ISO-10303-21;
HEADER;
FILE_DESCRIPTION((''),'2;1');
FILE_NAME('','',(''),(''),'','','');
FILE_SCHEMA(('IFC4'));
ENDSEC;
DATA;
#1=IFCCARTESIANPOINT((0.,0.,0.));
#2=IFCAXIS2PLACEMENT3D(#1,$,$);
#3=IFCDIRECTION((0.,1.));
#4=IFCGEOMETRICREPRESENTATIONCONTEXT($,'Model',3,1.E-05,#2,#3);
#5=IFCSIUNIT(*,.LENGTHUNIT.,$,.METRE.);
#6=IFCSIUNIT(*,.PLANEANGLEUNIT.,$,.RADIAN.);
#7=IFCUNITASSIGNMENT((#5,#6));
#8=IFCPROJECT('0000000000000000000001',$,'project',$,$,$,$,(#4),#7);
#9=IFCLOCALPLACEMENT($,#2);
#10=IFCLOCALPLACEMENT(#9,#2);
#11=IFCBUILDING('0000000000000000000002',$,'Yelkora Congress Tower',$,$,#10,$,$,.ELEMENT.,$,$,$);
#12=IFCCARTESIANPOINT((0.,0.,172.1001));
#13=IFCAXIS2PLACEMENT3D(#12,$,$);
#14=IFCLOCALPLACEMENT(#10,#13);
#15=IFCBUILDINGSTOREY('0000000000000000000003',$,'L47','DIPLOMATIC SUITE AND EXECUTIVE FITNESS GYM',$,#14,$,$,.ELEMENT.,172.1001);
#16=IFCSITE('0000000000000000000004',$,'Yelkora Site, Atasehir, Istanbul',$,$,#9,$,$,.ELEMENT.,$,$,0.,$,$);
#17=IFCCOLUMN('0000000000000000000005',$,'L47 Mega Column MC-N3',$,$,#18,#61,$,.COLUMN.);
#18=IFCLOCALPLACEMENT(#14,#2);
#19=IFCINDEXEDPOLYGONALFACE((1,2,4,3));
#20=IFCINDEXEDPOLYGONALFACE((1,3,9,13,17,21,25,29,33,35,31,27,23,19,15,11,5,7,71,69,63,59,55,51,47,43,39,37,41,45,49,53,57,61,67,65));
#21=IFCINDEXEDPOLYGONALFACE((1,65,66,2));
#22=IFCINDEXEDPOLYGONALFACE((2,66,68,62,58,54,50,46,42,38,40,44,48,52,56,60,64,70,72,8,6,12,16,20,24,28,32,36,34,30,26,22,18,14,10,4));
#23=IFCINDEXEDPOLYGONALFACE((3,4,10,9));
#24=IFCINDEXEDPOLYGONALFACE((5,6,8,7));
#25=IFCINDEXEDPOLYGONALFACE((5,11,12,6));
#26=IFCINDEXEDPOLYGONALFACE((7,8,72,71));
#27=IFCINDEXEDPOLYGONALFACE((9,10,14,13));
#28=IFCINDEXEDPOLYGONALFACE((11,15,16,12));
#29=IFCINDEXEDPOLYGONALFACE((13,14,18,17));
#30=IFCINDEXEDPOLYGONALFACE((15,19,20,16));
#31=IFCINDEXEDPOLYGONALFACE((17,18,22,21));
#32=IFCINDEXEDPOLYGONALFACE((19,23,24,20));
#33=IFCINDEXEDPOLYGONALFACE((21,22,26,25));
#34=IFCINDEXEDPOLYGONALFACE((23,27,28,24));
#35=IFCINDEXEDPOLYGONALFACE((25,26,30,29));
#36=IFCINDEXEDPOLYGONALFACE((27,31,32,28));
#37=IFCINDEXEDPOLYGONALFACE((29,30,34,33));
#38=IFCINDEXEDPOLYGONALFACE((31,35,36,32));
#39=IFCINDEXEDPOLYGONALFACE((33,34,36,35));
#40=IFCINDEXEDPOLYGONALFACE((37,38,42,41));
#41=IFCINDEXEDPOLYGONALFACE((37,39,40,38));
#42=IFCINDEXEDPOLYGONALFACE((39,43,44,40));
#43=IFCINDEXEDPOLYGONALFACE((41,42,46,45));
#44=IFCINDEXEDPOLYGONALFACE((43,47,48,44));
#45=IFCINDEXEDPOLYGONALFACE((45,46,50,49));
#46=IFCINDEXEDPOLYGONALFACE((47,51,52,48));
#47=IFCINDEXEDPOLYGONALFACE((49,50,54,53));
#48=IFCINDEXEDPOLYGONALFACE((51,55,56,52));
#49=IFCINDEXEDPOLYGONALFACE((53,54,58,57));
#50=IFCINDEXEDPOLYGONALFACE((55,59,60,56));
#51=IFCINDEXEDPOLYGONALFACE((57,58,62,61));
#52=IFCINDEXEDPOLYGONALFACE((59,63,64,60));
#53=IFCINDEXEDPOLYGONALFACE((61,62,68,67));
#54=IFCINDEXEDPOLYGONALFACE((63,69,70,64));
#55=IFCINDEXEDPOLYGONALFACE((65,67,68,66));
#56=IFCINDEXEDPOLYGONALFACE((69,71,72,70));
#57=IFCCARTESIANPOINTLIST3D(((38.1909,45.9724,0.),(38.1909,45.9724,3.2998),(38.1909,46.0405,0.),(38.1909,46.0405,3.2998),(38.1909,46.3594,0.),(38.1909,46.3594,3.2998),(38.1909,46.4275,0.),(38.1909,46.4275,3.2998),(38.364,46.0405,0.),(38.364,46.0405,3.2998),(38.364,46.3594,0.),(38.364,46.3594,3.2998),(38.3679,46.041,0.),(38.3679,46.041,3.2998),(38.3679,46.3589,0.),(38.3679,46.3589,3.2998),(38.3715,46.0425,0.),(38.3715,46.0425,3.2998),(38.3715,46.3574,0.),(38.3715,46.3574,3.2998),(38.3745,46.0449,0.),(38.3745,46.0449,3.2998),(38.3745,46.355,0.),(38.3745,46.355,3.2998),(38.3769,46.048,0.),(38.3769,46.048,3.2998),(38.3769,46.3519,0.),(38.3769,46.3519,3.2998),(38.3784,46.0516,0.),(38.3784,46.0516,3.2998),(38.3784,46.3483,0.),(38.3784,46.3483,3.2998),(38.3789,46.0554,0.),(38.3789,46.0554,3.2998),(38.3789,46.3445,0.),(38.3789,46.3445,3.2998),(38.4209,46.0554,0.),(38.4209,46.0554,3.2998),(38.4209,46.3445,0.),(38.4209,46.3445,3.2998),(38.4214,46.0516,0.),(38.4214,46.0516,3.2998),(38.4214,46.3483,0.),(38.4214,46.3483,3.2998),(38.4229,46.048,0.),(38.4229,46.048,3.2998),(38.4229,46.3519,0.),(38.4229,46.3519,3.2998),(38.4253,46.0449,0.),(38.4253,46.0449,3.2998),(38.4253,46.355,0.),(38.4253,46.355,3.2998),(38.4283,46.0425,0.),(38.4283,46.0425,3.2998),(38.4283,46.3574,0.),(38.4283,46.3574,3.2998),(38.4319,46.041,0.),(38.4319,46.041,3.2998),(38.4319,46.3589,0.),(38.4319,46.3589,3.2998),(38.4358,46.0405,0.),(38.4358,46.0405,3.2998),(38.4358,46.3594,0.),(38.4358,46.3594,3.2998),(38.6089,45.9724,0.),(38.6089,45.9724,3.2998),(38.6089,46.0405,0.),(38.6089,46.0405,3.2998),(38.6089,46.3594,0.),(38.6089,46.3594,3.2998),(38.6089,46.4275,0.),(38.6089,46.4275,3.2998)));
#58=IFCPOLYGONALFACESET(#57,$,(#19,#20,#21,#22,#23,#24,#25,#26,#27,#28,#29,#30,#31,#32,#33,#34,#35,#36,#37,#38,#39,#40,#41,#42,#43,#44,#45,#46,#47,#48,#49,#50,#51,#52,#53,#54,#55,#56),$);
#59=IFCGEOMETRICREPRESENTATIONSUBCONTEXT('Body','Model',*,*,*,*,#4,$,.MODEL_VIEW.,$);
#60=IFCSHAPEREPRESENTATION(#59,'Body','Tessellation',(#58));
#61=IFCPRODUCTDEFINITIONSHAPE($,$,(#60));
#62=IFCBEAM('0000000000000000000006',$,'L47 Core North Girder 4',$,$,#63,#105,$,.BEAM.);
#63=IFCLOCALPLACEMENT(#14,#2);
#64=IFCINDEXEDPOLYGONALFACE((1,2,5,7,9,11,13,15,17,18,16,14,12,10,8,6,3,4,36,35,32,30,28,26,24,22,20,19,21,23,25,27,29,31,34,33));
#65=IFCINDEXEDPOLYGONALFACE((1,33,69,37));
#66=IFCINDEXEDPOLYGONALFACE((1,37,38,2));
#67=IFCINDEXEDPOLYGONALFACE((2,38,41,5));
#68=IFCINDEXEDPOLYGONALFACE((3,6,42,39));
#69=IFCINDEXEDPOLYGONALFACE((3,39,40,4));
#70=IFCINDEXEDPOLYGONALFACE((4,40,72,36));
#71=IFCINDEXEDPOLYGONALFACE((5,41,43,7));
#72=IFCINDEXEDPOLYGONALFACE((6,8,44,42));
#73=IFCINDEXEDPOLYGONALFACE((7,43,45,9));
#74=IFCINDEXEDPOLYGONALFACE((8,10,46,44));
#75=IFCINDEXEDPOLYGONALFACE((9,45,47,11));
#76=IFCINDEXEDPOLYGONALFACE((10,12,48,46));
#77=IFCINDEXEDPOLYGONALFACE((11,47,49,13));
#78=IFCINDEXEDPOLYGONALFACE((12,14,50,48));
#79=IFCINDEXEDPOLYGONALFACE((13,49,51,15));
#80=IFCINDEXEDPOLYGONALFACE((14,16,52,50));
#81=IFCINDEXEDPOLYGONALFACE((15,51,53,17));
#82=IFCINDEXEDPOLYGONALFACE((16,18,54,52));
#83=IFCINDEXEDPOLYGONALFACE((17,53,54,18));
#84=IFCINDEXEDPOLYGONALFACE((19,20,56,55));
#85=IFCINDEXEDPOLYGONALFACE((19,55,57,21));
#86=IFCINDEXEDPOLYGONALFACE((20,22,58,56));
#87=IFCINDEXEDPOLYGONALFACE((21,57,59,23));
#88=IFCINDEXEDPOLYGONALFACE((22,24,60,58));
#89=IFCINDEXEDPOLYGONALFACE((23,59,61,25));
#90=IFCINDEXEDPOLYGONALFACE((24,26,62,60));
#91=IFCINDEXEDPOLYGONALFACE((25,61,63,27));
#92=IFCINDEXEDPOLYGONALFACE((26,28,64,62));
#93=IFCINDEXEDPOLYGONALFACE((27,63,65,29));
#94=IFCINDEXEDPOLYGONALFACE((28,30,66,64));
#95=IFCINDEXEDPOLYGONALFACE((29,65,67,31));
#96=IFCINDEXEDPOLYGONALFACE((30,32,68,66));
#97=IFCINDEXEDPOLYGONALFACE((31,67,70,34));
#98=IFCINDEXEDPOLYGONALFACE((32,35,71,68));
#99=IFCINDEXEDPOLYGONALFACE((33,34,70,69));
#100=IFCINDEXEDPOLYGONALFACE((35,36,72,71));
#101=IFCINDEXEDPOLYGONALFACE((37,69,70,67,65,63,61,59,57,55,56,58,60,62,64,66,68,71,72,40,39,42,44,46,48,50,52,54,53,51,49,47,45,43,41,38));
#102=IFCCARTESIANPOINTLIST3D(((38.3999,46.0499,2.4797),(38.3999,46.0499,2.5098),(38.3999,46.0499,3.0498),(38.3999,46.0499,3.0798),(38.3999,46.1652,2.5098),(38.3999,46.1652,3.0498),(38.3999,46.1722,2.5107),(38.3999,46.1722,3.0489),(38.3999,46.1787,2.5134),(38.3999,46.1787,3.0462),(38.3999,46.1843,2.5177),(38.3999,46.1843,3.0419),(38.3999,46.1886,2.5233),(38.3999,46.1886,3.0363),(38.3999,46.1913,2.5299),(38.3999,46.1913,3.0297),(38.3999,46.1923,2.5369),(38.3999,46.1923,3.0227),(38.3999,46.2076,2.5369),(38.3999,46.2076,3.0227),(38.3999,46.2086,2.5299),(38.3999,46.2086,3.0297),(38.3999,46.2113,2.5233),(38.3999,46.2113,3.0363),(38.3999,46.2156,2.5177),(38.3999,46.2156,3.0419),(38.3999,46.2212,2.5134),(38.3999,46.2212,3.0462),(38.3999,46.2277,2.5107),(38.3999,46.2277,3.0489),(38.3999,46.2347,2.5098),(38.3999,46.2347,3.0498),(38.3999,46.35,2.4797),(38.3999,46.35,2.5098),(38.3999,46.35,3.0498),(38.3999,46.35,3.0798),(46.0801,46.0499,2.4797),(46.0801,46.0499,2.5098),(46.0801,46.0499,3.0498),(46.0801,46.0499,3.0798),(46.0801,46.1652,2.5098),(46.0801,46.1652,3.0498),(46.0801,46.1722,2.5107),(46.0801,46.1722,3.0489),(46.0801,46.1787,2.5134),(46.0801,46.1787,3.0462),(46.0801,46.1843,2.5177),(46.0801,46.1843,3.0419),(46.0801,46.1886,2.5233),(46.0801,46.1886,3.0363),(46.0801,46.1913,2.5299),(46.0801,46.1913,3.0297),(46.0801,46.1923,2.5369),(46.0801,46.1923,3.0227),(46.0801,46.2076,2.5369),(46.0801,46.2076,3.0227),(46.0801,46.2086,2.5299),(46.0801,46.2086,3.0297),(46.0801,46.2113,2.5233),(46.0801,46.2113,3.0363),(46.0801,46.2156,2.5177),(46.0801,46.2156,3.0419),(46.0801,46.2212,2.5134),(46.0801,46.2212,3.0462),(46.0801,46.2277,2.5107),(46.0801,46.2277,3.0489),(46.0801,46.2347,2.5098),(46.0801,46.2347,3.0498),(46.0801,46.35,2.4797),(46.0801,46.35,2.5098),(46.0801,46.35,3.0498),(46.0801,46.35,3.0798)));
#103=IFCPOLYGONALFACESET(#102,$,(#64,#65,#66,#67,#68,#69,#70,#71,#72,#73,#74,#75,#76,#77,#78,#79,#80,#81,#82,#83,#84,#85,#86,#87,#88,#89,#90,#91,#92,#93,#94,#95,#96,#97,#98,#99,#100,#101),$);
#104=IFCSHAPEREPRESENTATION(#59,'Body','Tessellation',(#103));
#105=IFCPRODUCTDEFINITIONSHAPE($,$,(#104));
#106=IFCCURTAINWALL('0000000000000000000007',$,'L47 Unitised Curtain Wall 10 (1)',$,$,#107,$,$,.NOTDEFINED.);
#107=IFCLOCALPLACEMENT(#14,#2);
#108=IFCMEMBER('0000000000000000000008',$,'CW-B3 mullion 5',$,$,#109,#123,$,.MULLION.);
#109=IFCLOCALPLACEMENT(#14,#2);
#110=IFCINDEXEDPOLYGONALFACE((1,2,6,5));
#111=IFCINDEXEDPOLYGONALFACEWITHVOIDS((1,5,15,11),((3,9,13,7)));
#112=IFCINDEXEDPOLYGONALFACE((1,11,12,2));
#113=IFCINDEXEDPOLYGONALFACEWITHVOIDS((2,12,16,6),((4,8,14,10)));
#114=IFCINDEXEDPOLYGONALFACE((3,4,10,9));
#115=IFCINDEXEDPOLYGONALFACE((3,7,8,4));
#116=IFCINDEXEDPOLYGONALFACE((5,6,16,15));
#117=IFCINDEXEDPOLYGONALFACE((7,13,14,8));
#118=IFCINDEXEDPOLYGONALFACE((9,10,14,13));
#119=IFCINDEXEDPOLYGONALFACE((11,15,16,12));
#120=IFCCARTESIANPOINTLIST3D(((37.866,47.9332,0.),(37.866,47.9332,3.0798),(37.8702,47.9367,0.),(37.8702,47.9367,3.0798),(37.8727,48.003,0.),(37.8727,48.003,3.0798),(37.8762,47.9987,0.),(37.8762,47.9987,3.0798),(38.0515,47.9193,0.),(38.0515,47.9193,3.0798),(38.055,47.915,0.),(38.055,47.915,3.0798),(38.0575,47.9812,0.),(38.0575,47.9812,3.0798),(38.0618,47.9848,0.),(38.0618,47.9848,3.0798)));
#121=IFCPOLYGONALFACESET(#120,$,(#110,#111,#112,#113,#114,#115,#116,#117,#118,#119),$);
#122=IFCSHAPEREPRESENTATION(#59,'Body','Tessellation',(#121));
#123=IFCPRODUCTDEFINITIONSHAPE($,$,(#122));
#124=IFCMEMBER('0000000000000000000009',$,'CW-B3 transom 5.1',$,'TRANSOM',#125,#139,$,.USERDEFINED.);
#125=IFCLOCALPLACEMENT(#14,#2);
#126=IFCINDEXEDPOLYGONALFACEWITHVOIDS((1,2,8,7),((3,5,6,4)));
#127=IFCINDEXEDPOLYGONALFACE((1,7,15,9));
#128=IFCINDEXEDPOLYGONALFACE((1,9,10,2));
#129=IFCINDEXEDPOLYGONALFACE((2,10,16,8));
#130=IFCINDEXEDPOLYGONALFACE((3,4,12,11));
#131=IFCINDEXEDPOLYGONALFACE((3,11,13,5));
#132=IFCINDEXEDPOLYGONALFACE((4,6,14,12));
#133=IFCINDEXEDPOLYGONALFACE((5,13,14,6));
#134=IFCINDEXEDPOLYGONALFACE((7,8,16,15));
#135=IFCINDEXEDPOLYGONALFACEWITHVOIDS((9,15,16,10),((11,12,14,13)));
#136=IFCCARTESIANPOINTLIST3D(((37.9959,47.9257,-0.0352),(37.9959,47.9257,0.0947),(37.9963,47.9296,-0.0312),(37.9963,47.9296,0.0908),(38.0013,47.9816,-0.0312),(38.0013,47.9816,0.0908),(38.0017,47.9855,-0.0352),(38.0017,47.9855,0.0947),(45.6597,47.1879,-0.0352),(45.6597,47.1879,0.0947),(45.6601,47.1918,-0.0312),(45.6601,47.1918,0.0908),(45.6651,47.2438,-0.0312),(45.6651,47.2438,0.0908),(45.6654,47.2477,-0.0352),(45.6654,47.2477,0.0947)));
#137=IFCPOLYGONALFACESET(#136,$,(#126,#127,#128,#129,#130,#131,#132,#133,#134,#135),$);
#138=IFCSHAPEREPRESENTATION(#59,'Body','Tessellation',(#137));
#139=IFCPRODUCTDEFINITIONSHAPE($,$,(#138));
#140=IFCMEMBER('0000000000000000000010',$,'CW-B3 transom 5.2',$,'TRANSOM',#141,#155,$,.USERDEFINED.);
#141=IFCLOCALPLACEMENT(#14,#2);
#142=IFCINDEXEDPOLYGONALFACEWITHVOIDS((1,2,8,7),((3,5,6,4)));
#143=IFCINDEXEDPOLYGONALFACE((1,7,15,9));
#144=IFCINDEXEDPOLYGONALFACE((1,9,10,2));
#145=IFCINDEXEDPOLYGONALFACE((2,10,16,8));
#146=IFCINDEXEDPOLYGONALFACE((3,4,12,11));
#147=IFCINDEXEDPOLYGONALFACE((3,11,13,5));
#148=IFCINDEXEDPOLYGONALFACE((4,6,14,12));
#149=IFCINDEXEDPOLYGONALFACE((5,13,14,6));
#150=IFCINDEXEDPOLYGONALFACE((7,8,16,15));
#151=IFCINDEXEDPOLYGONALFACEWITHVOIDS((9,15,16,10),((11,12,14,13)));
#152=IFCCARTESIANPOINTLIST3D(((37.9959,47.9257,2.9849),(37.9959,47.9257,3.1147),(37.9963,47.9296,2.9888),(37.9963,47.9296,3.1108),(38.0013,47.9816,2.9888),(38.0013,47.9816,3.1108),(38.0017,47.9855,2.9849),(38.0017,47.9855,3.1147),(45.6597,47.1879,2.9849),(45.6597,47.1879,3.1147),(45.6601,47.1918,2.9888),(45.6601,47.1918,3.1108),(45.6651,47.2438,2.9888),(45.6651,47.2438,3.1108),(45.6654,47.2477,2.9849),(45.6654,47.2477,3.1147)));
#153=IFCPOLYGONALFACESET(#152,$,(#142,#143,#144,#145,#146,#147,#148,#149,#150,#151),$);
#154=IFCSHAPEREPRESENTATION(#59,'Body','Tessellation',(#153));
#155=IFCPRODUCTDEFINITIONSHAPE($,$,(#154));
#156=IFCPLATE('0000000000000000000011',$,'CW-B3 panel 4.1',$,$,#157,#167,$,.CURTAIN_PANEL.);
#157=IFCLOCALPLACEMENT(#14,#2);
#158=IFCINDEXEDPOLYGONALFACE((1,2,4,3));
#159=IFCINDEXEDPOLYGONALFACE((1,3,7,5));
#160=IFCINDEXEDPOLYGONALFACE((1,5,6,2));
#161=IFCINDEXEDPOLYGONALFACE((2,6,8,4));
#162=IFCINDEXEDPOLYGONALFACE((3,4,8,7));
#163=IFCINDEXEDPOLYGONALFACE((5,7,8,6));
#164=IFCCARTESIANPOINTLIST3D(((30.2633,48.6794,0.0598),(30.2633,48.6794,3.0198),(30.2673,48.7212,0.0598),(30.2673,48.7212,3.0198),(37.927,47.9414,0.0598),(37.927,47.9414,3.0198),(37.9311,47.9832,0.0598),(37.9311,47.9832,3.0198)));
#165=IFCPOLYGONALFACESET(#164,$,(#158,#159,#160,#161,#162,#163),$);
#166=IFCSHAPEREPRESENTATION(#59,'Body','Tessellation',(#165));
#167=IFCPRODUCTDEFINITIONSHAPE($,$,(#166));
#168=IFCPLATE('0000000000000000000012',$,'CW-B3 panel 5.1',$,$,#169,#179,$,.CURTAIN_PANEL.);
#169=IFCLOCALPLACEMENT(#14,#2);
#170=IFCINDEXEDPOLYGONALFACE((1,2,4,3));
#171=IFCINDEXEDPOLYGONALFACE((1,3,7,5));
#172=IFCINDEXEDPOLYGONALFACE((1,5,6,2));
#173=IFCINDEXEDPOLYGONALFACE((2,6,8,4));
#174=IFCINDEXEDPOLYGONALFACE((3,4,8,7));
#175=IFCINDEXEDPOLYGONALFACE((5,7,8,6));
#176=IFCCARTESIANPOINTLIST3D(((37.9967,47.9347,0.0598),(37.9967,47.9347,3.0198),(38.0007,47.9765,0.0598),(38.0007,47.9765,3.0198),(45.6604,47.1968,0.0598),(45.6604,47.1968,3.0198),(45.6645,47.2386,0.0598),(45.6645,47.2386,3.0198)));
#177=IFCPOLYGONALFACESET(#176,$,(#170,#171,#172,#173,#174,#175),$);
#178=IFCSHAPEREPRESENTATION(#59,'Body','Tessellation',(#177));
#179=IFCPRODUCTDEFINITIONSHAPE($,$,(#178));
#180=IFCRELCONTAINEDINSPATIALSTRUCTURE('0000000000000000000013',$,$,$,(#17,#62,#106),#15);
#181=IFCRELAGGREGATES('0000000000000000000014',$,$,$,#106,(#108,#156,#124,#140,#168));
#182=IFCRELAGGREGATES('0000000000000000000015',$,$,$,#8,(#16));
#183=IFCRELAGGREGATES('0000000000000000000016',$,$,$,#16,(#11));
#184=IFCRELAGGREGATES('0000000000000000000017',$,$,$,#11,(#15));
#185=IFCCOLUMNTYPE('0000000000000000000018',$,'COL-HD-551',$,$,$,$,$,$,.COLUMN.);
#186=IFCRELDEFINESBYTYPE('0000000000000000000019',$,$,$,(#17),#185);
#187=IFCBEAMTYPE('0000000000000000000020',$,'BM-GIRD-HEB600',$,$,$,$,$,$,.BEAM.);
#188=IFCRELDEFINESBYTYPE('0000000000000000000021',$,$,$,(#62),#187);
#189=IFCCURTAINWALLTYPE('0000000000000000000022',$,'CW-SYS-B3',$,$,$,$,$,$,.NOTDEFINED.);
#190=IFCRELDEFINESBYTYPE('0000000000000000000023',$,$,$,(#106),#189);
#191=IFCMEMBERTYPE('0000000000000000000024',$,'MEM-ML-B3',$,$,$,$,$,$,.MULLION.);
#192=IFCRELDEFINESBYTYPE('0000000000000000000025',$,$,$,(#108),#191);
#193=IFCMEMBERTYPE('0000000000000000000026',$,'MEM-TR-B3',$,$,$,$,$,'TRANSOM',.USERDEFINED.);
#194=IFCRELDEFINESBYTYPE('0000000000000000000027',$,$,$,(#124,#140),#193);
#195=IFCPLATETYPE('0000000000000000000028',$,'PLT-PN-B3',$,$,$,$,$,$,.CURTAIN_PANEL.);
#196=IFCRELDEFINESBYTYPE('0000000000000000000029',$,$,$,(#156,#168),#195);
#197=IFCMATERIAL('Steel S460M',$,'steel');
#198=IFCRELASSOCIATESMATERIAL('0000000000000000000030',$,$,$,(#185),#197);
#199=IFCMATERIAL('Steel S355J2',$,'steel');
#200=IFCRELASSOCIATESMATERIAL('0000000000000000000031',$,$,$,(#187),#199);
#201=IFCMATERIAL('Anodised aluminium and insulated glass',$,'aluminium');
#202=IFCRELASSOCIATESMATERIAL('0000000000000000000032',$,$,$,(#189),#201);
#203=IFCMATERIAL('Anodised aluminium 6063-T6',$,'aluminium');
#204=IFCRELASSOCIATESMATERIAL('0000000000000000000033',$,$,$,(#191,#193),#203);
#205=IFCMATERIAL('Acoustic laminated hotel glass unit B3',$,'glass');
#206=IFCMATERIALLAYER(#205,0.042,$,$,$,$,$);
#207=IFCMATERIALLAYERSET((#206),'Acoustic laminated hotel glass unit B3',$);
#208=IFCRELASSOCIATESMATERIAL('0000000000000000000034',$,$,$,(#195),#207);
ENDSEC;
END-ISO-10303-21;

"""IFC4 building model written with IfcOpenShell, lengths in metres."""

from ifc_helpers import new_model, si_unit, direction, frame, origin, origin_2d, place, context, subcontext, project, spatial, rectangle, hollow_rectangle, i_section, extrude, material, layer, layer_set, material_profile, profile_set, type_object, element, aggregate, save


model = new_model("IFC4")

# Units and contexts
model_context = context("Model", 3, precision=1e-05, world=origin(), true_north=direction((0.0, 1.0)))
body_context = subcontext(model_context, "Body", "Model", "MODEL_VIEW")
ifc_project = project(units=[si_unit("LENGTHUNIT", "METRE"), si_unit("PLANEANGLEUNIT", "RADIAN")], contexts=[model_context])

# Site, building, storey
site_placement = place(None, origin())
site = spatial("IfcSite", under=ifc_project, at=site_placement, Name="Yelkora Site, Atasehir, Istanbul", CompositionType="ELEMENT", RefElevation=0.0)
building_placement = place(site_placement, origin())
building = spatial("IfcBuilding", under=site, at=building_placement, Name="Yelkora Congress Tower", CompositionType="ELEMENT")
storey_placement = place(building_placement, frame((0.0, 0.0, 172.1001)))
storey = spatial("IfcBuildingStorey", under=building, at=storey_placement, Name="L47", Description="DIPLOMATIC SUITE AND EXECUTIVE FITNESS GYM", CompositionType="ELEMENT", Elevation=172.1001)

# Column
ifc_material_1 = material(Name="Steel S460M", Category="steel")
ifc_material_profile_1 = material_profile(ifc_material_1, i_section(OverallWidth=0.418, OverallDepth=0.4551, WebThickness=0.042, FlangeThickness=0.0681, FilletRadius=0.0149, at=origin_2d()), Name="HD 400x551")
ifc_profile_set_1 = profile_set([ifc_material_profile_1], Name="Steel S460M")
column_type = type_object("IfcColumnType", Name="COL-HD-551", PredefinedType="COLUMN", material=ifc_profile_set_1)
column_placement = place(storey_placement, frame((38.3999, 46.2, 0.0), z_axis=(0.0, 0.0, 1.0), x_axis=(1.0, 0.0, 0.0)))
element("IfcColumn", 1, at=column_placement, inside=storey, type_object=column_type, Name="L47 Mega Column MC-N3", PredefinedType="COLUMN", context=body_context, shape_type="SweptSolid", body=[
    extrude(i_section(OverallWidth=0.418, OverallDepth=0.4551, WebThickness=0.042, FlangeThickness=0.0681, FilletRadius=0.0149, at=origin_2d()), origin(), (0.0, 0.0, 1.0), 3.2998),
])

# Beam
ifc_material_2 = material(Name="Steel S355J2", Category="steel")
ifc_material_profile_2 = material_profile(ifc_material_2, i_section(OverallWidth=0.3, OverallDepth=0.6001, WebThickness=0.0154, FlangeThickness=0.03, FilletRadius=0.0271, at=origin_2d()), Name="HEB 600")
ifc_profile_set_2 = profile_set([ifc_material_profile_2], Name="Steel S355J2")
beam_type = type_object("IfcBeamType", Name="BM-GIRD-HEB600", PredefinedType="BEAM", material=ifc_profile_set_2)
beam_placement = place(storey_placement, frame((38.3999, 46.2, 2.7798), z_axis=(1.0, 0.0, 0.0), x_axis=(0.0, 1.0, 0.0)))
element("IfcBeam", 2, at=beam_placement, inside=storey, type_object=beam_type, Name="L47 Core North Girder 4", PredefinedType="BEAM", context=body_context, shape_type="SweptSolid", body=[
    extrude(i_section(OverallWidth=0.3, OverallDepth=0.6001, WebThickness=0.0154, FlangeThickness=0.03, FilletRadius=0.0271, at=origin_2d()), origin(), (0.0, 0.0, 1.0), 7.6802),
])

# Curtain wall, members, plates
ifc_material_3 = material(Name="Anodised aluminium and insulated glass", Category="aluminium")
curtain_wall_type = type_object("IfcCurtainWallType", Name="CW-SYS-B3", PredefinedType="NOTDEFINED", material=ifc_material_3)
curtain_wall_placement = place(storey_placement, origin())
curtain_wall = element("IfcCurtainWall", 3, at=curtain_wall_placement, inside=storey, type_object=curtain_wall_type, Name="L47 Unitised Curtain Wall 10 (1)", PredefinedType="NOTDEFINED")
ifc_material_4 = material(Name="Anodised aluminium 6063-T6", Category="aluminium")
ifc_material_profile_3 = material_profile(ifc_material_4, hollow_rectangle(XDim=0.0701, YDim=0.1899, WallThickness=0.0039, at=origin_2d()), Name="ALU 70x190x4")
ifc_profile_set_3 = profile_set([ifc_material_profile_3], Name="Anodised aluminium 6063-T6")
member_type_1 = type_object("IfcMemberType", Name="MEM-ML-B3", PredefinedType="MULLION", material=ifc_profile_set_3)
member_1_placement = place(storey_placement, frame((37.9639, 47.959, 0.0), z_axis=(0.0, 0.0, 1.0), x_axis=(0.095845, 0.995396, 0.0)))
member_1 = element("IfcMember", 4, at=member_1_placement, type_object=member_type_1, Name="CW-B3 mullion 5", PredefinedType="MULLION", context=body_context, shape_type="SweptSolid", body=[
    extrude(hollow_rectangle(XDim=0.0701, YDim=0.1899, WallThickness=0.0039, at=origin_2d()), origin(), (0.0, 0.0, 1.0), 3.0798),
])
ifc_material_profile_4 = material_profile(ifc_material_4, hollow_rectangle(XDim=0.0601, YDim=0.1299, WallThickness=0.0039, at=origin_2d()), Name="ALU 60x130x4")
ifc_profile_set_4 = profile_set([ifc_material_profile_4], Name="Anodised aluminium 6063-T6")
member_type_2 = type_object("IfcMemberType", Name="MEM-TR-B3", ElementType="TRANSOM", PredefinedType="USERDEFINED", material=ifc_profile_set_4)
member_2_placement = place(storey_placement, frame((37.9988, 47.9556, 0.0298), z_axis=(0.995398, -0.095827, 0.0), x_axis=(0.095827, 0.995398, 0.0)))
member_2 = element("IfcMember", 5, at=member_2_placement, type_object=member_type_2, Name="CW-B3 transom 5.1", ObjectType="TRANSOM", PredefinedType="USERDEFINED", context=body_context, shape_type="SweptSolid", body=[
    extrude(hollow_rectangle(XDim=0.0601, YDim=0.1299, WallThickness=0.0039, at=origin_2d()), origin(), (0.0, 0.0, 1.0), 7.6992),
])
member_3_placement = place(storey_placement, frame((37.9988, 47.9556, 3.0498), z_axis=(0.995398, -0.095827, 0.0), x_axis=(0.095827, 0.995398, 0.0)))
member_3 = element("IfcMember", 6, at=member_3_placement, type_object=member_type_2, Name="CW-B3 transom 5.2", ObjectType="TRANSOM", PredefinedType="USERDEFINED", context=body_context, shape_type="SweptSolid", body=[
    extrude(hollow_rectangle(XDim=0.0601, YDim=0.1299, WallThickness=0.0039, at=origin_2d()), origin(), (0.0, 0.0, 1.0), 7.6992),
])
ifc_material_5 = material(Name="Acoustic laminated hotel glass unit B3", Category="glass")
ifc_layer_1 = layer(ifc_material_5, 0.042)
ifc_layer_set_1 = layer_set([ifc_layer_1], Name="Acoustic laminated hotel glass unit B3")
plate_type = type_object("IfcPlateType", Name="PLT-PN-B3", PredefinedType="CURTAIN_PANEL", material=ifc_layer_set_1)
plate_1_placement = place(storey_placement, frame((34.0972, 48.3313, 0.0598), z_axis=(0.0, 0.0, 1.0), x_axis=(0.995396, -0.095845, 0.0)))
plate_1 = element("IfcPlate", 7, at=plate_1_placement, type_object=plate_type, Name="CW-B3 panel 4.1", PredefinedType="CURTAIN_PANEL", context=body_context, shape_type="SweptSolid", body=[
    extrude(rectangle(XDim=7.6992, YDim=0.042, at=origin_2d()), origin(), (0.0, 0.0, 1.0), 2.96),
])
plate_2_placement = place(storey_placement, frame((41.8306, 47.5867, 0.0598), z_axis=(0.0, 0.0, 1.0), x_axis=(0.995396, -0.095845, 0.0)))
plate_2 = element("IfcPlate", 8, at=plate_2_placement, type_object=plate_type, Name="CW-B3 panel 5.1", PredefinedType="CURTAIN_PANEL", context=body_context, shape_type="SweptSolid", body=[
    extrude(rectangle(XDim=7.6992, YDim=0.042, at=origin_2d()), origin(), (0.0, 0.0, 1.0), 2.96),
])
aggregate(curtain_wall, [member_1, plate_1, member_2, member_3, plate_2])

save(model, "model.ifc")
